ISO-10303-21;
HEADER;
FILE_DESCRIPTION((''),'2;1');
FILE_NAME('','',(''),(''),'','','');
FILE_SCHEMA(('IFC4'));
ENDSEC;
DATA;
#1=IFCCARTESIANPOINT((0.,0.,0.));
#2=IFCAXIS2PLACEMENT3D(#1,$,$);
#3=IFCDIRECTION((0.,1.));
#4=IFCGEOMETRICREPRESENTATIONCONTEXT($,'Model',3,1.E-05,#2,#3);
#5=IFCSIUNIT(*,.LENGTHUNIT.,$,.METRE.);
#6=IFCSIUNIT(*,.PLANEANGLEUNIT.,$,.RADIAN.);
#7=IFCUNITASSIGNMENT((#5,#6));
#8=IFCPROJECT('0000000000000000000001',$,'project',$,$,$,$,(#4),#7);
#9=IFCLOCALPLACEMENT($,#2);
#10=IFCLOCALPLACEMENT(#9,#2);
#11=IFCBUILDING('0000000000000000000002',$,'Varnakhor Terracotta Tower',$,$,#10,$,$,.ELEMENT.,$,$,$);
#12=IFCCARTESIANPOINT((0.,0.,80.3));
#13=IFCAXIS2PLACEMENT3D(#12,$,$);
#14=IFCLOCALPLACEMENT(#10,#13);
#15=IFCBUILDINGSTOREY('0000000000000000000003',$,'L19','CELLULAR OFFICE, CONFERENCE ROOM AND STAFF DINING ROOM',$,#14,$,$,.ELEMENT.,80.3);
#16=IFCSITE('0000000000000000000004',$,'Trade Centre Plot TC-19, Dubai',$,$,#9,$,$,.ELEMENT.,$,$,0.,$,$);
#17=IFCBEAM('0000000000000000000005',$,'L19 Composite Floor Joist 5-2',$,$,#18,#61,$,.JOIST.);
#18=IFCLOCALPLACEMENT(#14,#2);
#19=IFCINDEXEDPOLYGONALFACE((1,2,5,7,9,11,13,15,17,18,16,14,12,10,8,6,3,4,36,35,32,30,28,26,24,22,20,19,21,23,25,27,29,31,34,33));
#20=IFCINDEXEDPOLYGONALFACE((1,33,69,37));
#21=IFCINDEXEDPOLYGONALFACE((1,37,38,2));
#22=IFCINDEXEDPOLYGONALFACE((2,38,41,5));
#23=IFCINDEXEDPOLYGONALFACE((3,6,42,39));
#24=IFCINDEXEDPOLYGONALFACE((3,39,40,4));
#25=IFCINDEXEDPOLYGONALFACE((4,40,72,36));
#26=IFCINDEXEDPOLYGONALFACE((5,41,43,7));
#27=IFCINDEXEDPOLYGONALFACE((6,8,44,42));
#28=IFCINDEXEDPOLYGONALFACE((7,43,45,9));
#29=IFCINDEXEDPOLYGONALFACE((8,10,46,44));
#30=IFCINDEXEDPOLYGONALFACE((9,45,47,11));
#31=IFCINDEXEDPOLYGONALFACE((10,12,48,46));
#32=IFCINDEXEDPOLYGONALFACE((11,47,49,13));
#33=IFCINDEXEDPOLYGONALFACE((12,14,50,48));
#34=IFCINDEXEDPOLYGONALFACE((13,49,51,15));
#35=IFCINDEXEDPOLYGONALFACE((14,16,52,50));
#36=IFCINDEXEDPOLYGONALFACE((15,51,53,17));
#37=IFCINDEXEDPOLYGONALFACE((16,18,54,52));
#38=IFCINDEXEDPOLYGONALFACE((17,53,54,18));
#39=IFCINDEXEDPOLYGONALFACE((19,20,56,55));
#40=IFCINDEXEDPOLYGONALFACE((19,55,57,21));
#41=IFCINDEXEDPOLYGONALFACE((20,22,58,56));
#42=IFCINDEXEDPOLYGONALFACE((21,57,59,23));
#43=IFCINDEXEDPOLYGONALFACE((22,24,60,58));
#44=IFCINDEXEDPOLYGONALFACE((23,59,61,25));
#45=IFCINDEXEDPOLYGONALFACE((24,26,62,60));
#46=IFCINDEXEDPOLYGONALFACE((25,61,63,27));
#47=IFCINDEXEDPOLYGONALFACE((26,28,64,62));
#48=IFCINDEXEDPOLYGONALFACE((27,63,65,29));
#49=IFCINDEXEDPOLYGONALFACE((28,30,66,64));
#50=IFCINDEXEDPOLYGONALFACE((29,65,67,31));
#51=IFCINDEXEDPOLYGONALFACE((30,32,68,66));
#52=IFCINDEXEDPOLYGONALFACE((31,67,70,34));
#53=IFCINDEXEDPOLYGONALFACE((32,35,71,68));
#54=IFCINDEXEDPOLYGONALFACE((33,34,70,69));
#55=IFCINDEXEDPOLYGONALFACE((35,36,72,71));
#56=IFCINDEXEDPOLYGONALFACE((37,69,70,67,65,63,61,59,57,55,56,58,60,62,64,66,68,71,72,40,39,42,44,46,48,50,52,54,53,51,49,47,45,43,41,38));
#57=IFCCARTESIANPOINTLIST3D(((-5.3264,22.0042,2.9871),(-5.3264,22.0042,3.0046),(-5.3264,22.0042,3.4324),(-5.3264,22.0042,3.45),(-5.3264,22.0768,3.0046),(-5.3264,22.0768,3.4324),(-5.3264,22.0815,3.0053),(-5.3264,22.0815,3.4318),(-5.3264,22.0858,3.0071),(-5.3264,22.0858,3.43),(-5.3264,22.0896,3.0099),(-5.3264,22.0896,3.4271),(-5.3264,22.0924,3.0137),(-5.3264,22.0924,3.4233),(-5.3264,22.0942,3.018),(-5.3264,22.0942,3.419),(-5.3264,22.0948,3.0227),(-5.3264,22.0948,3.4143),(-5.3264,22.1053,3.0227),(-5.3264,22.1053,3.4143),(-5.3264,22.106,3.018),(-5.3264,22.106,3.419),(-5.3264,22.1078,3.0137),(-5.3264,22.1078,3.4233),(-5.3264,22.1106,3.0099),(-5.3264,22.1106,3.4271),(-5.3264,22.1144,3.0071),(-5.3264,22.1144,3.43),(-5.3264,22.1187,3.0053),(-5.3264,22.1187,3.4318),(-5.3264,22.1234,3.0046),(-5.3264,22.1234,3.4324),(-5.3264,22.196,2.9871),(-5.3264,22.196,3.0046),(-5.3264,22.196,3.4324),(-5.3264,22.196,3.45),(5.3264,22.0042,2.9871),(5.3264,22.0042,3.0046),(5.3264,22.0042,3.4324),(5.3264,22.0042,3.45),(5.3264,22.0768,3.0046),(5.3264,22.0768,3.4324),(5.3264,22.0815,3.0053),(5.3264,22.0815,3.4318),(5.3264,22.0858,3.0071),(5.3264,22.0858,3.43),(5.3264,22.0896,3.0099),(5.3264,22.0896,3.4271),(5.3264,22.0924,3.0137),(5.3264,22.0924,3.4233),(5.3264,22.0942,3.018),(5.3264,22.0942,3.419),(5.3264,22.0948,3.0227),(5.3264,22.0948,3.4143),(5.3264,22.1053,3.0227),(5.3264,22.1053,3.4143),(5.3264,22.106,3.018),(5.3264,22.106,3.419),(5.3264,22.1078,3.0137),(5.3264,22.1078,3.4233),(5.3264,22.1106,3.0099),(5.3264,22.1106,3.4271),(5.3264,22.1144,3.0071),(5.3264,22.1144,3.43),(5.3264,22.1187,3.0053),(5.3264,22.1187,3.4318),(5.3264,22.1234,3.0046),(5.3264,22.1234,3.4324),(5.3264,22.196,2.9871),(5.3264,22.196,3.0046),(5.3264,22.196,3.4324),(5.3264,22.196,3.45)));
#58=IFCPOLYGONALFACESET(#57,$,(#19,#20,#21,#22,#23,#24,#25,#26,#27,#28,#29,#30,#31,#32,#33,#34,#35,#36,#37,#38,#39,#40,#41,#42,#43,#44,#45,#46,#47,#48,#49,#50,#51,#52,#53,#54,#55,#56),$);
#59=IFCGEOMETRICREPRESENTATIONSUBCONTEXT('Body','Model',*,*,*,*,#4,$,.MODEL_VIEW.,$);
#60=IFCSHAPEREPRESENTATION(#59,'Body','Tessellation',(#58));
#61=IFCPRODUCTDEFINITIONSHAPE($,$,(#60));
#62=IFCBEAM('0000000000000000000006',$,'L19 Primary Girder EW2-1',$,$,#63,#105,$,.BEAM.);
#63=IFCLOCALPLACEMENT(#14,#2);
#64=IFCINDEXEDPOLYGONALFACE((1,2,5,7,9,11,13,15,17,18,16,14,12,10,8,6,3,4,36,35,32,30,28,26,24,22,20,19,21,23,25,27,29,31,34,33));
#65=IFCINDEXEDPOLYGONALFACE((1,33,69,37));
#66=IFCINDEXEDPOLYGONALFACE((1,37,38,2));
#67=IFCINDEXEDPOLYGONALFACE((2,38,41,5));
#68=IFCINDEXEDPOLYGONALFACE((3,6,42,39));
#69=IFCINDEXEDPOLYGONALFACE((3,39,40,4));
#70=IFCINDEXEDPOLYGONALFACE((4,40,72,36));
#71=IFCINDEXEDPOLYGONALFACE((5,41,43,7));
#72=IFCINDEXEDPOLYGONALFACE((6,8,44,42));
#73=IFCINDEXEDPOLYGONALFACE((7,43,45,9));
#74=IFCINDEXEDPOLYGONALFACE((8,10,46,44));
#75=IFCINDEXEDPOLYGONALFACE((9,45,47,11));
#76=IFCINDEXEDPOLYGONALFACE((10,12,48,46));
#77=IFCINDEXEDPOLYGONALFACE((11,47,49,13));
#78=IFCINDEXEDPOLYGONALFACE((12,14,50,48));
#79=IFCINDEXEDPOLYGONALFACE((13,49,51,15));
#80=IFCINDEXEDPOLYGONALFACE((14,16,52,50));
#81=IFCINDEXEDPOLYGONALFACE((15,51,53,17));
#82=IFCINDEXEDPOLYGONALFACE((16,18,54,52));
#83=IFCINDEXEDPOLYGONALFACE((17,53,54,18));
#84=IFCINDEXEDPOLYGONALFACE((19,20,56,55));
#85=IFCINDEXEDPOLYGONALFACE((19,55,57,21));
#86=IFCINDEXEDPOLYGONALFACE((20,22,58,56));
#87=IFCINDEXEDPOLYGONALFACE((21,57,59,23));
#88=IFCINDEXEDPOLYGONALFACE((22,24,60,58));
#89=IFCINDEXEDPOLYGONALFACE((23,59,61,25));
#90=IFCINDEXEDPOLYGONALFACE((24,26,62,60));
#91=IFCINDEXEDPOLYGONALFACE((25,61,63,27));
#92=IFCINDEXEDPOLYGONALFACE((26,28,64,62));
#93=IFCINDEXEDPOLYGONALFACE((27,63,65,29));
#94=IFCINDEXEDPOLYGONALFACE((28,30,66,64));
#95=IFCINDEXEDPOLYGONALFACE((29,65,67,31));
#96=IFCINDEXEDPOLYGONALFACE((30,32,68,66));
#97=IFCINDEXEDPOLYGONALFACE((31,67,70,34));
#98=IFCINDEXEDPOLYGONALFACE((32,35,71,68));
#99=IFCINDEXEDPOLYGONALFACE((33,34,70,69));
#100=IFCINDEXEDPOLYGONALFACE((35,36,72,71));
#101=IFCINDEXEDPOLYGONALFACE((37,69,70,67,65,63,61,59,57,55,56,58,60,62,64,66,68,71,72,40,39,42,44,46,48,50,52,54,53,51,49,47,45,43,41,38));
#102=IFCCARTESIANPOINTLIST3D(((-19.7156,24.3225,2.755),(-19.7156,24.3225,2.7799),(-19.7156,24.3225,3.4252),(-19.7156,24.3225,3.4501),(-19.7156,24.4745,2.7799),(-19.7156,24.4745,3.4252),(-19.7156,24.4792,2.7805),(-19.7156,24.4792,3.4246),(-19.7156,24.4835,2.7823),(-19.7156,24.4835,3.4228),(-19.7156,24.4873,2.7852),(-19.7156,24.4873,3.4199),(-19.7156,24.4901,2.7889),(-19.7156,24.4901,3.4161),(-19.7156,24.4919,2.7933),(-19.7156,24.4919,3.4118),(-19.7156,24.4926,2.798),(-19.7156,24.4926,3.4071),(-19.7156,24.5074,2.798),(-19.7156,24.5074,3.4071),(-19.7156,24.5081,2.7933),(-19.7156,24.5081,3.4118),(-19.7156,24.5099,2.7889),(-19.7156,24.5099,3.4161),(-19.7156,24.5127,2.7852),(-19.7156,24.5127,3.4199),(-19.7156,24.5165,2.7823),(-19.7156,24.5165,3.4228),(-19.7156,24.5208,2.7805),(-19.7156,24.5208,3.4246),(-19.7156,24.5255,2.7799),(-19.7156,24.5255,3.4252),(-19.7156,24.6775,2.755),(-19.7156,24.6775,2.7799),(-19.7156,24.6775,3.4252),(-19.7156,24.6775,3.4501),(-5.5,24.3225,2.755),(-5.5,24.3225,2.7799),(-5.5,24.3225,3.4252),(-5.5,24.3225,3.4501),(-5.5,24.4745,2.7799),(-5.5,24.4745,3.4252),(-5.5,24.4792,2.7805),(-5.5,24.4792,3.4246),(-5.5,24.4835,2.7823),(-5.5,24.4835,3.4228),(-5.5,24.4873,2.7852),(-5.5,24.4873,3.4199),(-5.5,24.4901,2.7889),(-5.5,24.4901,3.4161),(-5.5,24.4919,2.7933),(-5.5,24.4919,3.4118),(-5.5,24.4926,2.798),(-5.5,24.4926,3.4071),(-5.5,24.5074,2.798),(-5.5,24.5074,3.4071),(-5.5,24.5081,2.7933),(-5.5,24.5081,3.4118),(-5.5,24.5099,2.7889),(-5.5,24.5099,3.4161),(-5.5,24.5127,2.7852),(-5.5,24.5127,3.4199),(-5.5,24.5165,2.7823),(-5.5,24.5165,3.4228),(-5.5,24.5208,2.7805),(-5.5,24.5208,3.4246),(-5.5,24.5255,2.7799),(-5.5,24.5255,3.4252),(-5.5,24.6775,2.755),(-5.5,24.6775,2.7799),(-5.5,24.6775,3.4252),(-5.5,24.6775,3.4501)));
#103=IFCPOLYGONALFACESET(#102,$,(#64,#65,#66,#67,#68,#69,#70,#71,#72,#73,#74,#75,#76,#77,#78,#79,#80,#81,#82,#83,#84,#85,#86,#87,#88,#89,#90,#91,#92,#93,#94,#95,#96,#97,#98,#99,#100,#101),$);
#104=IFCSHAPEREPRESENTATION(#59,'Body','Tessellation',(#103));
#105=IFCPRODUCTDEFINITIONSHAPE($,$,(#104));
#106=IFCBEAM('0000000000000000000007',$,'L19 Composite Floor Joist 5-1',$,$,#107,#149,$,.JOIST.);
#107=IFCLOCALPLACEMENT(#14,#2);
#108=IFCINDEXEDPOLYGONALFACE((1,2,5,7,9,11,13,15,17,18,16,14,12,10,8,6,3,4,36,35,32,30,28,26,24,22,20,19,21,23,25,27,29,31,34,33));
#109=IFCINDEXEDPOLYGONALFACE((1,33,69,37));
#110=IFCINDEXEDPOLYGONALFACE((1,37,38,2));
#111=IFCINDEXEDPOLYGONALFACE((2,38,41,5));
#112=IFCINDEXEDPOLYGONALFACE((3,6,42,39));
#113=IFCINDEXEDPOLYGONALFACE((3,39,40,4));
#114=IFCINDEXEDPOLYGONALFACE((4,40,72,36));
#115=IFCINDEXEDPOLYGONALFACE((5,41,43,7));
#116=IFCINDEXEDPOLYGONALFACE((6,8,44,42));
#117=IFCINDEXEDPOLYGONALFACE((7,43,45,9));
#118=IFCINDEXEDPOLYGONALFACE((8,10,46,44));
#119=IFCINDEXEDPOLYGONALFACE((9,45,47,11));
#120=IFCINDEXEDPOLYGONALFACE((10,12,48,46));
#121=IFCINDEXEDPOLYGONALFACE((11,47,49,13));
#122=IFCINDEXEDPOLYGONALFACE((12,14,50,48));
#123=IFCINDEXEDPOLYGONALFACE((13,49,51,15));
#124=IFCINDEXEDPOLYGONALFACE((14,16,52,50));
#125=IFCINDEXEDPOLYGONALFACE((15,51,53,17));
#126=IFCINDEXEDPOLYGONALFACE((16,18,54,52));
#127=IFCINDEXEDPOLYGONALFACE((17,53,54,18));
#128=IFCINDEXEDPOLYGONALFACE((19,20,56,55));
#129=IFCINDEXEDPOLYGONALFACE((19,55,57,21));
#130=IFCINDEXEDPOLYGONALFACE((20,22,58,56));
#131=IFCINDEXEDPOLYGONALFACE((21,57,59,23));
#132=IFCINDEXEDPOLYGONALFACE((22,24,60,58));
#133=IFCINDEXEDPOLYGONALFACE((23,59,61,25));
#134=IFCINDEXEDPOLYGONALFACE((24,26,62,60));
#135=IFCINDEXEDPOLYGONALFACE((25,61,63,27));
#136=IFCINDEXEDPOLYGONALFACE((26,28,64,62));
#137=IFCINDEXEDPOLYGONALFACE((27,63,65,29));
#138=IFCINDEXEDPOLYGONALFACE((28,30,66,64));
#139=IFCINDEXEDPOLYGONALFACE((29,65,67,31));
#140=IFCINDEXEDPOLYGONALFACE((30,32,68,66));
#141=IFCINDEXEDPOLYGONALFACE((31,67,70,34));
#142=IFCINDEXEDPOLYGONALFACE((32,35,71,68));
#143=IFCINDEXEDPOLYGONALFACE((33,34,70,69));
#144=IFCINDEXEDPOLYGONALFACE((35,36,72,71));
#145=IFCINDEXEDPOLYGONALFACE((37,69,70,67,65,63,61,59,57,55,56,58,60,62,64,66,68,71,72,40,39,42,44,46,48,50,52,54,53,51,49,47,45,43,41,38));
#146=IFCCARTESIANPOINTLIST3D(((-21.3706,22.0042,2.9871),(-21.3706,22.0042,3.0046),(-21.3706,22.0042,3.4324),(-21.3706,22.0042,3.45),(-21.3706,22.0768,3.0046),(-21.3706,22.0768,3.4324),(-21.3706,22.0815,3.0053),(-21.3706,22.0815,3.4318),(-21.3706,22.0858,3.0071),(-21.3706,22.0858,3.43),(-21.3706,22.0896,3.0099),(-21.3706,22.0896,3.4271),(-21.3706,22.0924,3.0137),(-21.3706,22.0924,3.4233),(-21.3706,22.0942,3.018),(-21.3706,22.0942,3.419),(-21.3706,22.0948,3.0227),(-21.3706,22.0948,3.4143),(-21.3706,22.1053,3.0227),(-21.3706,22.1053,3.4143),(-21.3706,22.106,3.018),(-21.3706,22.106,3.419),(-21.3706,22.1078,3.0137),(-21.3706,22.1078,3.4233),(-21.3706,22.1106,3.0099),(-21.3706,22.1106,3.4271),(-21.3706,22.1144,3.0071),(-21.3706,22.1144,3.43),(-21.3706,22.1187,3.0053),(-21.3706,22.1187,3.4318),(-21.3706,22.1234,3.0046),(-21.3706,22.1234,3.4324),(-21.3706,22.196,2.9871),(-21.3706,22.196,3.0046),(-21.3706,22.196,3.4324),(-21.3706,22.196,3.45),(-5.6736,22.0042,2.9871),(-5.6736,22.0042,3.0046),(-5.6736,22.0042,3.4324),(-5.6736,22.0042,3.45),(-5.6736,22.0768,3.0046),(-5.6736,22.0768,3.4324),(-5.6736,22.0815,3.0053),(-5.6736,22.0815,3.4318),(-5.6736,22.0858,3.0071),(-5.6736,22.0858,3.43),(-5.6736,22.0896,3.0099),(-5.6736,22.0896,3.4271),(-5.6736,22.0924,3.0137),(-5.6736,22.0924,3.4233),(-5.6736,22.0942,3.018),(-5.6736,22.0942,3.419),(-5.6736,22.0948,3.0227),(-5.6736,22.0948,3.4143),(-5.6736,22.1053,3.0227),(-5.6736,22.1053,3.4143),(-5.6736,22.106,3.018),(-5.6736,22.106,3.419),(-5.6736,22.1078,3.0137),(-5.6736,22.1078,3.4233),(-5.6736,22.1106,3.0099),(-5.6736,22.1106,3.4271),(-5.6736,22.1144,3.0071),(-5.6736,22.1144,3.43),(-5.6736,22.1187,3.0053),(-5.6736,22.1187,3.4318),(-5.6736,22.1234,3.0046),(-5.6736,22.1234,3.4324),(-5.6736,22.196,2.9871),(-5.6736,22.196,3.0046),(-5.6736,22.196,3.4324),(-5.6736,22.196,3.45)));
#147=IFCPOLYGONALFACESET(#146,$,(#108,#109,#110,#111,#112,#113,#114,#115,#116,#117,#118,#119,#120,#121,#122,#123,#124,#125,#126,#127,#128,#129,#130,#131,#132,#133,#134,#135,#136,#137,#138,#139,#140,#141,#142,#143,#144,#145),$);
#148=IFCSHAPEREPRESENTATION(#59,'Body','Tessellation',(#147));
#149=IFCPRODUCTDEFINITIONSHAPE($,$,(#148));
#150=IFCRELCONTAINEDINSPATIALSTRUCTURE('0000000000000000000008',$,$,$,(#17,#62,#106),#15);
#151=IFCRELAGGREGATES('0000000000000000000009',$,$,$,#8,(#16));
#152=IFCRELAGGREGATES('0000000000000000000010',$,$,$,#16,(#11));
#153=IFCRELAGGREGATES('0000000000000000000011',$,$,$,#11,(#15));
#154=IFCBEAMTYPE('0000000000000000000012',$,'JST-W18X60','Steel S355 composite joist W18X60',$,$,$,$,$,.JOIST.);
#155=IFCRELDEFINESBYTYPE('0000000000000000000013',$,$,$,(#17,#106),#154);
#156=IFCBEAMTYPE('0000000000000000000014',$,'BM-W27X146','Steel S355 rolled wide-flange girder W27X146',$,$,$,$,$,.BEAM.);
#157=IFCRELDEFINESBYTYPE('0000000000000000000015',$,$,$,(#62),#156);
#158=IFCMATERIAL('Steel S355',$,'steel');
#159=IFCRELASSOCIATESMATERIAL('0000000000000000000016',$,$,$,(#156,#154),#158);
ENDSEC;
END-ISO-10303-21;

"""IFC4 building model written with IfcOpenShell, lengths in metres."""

from ifc_helpers import new_model, si_unit, direction, frame, origin, origin_2d, place, context, subcontext, project, spatial, i_section, extrude, source, transform, mapped, material, material_profile, profile_set, type_object, element, save


model = new_model("IFC4")

# Units and contexts
model_context = context("Model", 3, precision=1e-05, world=origin(), true_north=direction((0.0, 1.0)))
body_context = subcontext(model_context, "Body", "Model", "MODEL_VIEW")
ifc_project = project(units=[si_unit("LENGTHUNIT", "METRE"), si_unit("PLANEANGLEUNIT", "RADIAN")], contexts=[model_context])

# Site, building, storey
site_placement = place(None, origin())
site = spatial("IfcSite", under=ifc_project, at=site_placement, Name="Trade Centre Plot TC-19, Dubai", CompositionType="ELEMENT", RefElevation=0.0)
building_placement = place(site_placement, origin())
building = spatial("IfcBuilding", under=site, at=building_placement, Name="Varnakhor Terracotta Tower", CompositionType="ELEMENT")
storey_placement = place(building_placement, frame((0.0, 0.0, 80.3)))
storey = spatial("IfcBuildingStorey", under=building, at=storey_placement, Name="L19", Description="CELLULAR OFFICE, CONFERENCE ROOM AND STAFF DINING ROOM", CompositionType="ELEMENT", Elevation=80.3)

# Beams
ifc_material_1 = material(Name="Steel S355", Category="steel")
ifc_material_profile_1 = material_profile(ifc_material_1, i_section(OverallWidth=0.355, OverallDepth=0.6951, WebThickness=0.0149, FlangeThickness=0.0249, FilletRadius=0.0181, at=origin_2d()), Name="W27X146")
ifc_profile_set_1 = profile_set([ifc_material_profile_1], Name="Steel S355")
beam_type_1 = type_object("IfcBeamType", Name="BM-W27X146", Description="Steel S355 rolled wide-flange girder W27X146", PredefinedType="BEAM", material=ifc_profile_set_1)
ifc_material_profile_2 = material_profile(ifc_material_1, i_section(OverallWidth=0.1919, OverallDepth=0.4629, WebThickness=0.0105, FlangeThickness=0.0176, FilletRadius=0.0181, at=origin_2d()), Name="W18X60")
ifc_profile_set_2 = profile_set([ifc_material_profile_2], Name="Steel S355")
beam_type_2 = type_object("IfcBeamType", Name="JST-W18X60", Description="Steel S355 composite joist W18X60", PredefinedType="JOIST", material=ifc_profile_set_2)
shared_shape_1 = source(origin(), body_context, "Body", "SweptSolid", [
    extrude(i_section(OverallWidth=0.1919, OverallDepth=0.4629, WebThickness=0.0105, FlangeThickness=0.0176, FilletRadius=0.0181, at=origin_2d()), origin(), (0.0, 0.0, 1.0), 10.6528),
])
for number, where, z_axis, x_axis, name in (
    (1, (-5.3264, 22.1001, 3.2185), (1.0, 0.0, 0.0), (0.0, 1.0, 0.0), "L19 Composite Floor Joist 5-2"),
):
    element("IfcBeam", number, at=place(storey_placement, frame(where, z_axis=z_axis, x_axis=x_axis)), inside=storey, type_object=beam_type_2, Name=name, PredefinedType="JOIST", context=body_context, shape_type="MappedRepresentation", body=[
        mapped(shared_shape_1, transform((0.0, 0.0, 0.0), scale=1.0)),
    ])
shared_shape_2 = source(origin(), body_context, "Body", "SweptSolid", [
    extrude(i_section(OverallWidth=0.355, OverallDepth=0.6951, WebThickness=0.0149, FlangeThickness=0.0249, FilletRadius=0.0181, at=origin_2d()), origin(), (0.0, 0.0, 1.0), 14.2156),
])
beam_1_placement = place(storey_placement, frame((-19.7156, 24.5, 3.1025), z_axis=(1.0, 0.0, 0.0), x_axis=(0.0, 1.0, 0.0)))
element("IfcBeam", 2, at=beam_1_placement, inside=storey, type_object=beam_type_1, Name="L19 Primary Girder EW2-1", PredefinedType="BEAM", context=body_context, shape_type="MappedRepresentation", body=[
    mapped(shared_shape_2, transform((0.0, 0.0, 0.0), scale=1.0)),
])
shared_shape_3 = source(origin(), body_context, "Body", "SweptSolid", [
    extrude(i_section(OverallWidth=0.1919, OverallDepth=0.4629, WebThickness=0.0105, FlangeThickness=0.0176, FilletRadius=0.0181, at=origin_2d()), origin(), (0.0, 0.0, 1.0), 15.697),
])
beam_2_placement = place(storey_placement, frame((-21.3706, 22.1001, 3.2185), z_axis=(1.0, 0.0, 0.0), x_axis=(0.0, 1.0, 0.0)))
element("IfcBeam", 3, at=beam_2_placement, inside=storey, type_object=beam_type_2, Name="L19 Composite Floor Joist 5-1", PredefinedType="JOIST", context=body_context, shape_type="MappedRepresentation", body=[
    mapped(shared_shape_3, transform((0.0, 0.0, 0.0), scale=1.0)),
])

save(model, "model.ifc")
